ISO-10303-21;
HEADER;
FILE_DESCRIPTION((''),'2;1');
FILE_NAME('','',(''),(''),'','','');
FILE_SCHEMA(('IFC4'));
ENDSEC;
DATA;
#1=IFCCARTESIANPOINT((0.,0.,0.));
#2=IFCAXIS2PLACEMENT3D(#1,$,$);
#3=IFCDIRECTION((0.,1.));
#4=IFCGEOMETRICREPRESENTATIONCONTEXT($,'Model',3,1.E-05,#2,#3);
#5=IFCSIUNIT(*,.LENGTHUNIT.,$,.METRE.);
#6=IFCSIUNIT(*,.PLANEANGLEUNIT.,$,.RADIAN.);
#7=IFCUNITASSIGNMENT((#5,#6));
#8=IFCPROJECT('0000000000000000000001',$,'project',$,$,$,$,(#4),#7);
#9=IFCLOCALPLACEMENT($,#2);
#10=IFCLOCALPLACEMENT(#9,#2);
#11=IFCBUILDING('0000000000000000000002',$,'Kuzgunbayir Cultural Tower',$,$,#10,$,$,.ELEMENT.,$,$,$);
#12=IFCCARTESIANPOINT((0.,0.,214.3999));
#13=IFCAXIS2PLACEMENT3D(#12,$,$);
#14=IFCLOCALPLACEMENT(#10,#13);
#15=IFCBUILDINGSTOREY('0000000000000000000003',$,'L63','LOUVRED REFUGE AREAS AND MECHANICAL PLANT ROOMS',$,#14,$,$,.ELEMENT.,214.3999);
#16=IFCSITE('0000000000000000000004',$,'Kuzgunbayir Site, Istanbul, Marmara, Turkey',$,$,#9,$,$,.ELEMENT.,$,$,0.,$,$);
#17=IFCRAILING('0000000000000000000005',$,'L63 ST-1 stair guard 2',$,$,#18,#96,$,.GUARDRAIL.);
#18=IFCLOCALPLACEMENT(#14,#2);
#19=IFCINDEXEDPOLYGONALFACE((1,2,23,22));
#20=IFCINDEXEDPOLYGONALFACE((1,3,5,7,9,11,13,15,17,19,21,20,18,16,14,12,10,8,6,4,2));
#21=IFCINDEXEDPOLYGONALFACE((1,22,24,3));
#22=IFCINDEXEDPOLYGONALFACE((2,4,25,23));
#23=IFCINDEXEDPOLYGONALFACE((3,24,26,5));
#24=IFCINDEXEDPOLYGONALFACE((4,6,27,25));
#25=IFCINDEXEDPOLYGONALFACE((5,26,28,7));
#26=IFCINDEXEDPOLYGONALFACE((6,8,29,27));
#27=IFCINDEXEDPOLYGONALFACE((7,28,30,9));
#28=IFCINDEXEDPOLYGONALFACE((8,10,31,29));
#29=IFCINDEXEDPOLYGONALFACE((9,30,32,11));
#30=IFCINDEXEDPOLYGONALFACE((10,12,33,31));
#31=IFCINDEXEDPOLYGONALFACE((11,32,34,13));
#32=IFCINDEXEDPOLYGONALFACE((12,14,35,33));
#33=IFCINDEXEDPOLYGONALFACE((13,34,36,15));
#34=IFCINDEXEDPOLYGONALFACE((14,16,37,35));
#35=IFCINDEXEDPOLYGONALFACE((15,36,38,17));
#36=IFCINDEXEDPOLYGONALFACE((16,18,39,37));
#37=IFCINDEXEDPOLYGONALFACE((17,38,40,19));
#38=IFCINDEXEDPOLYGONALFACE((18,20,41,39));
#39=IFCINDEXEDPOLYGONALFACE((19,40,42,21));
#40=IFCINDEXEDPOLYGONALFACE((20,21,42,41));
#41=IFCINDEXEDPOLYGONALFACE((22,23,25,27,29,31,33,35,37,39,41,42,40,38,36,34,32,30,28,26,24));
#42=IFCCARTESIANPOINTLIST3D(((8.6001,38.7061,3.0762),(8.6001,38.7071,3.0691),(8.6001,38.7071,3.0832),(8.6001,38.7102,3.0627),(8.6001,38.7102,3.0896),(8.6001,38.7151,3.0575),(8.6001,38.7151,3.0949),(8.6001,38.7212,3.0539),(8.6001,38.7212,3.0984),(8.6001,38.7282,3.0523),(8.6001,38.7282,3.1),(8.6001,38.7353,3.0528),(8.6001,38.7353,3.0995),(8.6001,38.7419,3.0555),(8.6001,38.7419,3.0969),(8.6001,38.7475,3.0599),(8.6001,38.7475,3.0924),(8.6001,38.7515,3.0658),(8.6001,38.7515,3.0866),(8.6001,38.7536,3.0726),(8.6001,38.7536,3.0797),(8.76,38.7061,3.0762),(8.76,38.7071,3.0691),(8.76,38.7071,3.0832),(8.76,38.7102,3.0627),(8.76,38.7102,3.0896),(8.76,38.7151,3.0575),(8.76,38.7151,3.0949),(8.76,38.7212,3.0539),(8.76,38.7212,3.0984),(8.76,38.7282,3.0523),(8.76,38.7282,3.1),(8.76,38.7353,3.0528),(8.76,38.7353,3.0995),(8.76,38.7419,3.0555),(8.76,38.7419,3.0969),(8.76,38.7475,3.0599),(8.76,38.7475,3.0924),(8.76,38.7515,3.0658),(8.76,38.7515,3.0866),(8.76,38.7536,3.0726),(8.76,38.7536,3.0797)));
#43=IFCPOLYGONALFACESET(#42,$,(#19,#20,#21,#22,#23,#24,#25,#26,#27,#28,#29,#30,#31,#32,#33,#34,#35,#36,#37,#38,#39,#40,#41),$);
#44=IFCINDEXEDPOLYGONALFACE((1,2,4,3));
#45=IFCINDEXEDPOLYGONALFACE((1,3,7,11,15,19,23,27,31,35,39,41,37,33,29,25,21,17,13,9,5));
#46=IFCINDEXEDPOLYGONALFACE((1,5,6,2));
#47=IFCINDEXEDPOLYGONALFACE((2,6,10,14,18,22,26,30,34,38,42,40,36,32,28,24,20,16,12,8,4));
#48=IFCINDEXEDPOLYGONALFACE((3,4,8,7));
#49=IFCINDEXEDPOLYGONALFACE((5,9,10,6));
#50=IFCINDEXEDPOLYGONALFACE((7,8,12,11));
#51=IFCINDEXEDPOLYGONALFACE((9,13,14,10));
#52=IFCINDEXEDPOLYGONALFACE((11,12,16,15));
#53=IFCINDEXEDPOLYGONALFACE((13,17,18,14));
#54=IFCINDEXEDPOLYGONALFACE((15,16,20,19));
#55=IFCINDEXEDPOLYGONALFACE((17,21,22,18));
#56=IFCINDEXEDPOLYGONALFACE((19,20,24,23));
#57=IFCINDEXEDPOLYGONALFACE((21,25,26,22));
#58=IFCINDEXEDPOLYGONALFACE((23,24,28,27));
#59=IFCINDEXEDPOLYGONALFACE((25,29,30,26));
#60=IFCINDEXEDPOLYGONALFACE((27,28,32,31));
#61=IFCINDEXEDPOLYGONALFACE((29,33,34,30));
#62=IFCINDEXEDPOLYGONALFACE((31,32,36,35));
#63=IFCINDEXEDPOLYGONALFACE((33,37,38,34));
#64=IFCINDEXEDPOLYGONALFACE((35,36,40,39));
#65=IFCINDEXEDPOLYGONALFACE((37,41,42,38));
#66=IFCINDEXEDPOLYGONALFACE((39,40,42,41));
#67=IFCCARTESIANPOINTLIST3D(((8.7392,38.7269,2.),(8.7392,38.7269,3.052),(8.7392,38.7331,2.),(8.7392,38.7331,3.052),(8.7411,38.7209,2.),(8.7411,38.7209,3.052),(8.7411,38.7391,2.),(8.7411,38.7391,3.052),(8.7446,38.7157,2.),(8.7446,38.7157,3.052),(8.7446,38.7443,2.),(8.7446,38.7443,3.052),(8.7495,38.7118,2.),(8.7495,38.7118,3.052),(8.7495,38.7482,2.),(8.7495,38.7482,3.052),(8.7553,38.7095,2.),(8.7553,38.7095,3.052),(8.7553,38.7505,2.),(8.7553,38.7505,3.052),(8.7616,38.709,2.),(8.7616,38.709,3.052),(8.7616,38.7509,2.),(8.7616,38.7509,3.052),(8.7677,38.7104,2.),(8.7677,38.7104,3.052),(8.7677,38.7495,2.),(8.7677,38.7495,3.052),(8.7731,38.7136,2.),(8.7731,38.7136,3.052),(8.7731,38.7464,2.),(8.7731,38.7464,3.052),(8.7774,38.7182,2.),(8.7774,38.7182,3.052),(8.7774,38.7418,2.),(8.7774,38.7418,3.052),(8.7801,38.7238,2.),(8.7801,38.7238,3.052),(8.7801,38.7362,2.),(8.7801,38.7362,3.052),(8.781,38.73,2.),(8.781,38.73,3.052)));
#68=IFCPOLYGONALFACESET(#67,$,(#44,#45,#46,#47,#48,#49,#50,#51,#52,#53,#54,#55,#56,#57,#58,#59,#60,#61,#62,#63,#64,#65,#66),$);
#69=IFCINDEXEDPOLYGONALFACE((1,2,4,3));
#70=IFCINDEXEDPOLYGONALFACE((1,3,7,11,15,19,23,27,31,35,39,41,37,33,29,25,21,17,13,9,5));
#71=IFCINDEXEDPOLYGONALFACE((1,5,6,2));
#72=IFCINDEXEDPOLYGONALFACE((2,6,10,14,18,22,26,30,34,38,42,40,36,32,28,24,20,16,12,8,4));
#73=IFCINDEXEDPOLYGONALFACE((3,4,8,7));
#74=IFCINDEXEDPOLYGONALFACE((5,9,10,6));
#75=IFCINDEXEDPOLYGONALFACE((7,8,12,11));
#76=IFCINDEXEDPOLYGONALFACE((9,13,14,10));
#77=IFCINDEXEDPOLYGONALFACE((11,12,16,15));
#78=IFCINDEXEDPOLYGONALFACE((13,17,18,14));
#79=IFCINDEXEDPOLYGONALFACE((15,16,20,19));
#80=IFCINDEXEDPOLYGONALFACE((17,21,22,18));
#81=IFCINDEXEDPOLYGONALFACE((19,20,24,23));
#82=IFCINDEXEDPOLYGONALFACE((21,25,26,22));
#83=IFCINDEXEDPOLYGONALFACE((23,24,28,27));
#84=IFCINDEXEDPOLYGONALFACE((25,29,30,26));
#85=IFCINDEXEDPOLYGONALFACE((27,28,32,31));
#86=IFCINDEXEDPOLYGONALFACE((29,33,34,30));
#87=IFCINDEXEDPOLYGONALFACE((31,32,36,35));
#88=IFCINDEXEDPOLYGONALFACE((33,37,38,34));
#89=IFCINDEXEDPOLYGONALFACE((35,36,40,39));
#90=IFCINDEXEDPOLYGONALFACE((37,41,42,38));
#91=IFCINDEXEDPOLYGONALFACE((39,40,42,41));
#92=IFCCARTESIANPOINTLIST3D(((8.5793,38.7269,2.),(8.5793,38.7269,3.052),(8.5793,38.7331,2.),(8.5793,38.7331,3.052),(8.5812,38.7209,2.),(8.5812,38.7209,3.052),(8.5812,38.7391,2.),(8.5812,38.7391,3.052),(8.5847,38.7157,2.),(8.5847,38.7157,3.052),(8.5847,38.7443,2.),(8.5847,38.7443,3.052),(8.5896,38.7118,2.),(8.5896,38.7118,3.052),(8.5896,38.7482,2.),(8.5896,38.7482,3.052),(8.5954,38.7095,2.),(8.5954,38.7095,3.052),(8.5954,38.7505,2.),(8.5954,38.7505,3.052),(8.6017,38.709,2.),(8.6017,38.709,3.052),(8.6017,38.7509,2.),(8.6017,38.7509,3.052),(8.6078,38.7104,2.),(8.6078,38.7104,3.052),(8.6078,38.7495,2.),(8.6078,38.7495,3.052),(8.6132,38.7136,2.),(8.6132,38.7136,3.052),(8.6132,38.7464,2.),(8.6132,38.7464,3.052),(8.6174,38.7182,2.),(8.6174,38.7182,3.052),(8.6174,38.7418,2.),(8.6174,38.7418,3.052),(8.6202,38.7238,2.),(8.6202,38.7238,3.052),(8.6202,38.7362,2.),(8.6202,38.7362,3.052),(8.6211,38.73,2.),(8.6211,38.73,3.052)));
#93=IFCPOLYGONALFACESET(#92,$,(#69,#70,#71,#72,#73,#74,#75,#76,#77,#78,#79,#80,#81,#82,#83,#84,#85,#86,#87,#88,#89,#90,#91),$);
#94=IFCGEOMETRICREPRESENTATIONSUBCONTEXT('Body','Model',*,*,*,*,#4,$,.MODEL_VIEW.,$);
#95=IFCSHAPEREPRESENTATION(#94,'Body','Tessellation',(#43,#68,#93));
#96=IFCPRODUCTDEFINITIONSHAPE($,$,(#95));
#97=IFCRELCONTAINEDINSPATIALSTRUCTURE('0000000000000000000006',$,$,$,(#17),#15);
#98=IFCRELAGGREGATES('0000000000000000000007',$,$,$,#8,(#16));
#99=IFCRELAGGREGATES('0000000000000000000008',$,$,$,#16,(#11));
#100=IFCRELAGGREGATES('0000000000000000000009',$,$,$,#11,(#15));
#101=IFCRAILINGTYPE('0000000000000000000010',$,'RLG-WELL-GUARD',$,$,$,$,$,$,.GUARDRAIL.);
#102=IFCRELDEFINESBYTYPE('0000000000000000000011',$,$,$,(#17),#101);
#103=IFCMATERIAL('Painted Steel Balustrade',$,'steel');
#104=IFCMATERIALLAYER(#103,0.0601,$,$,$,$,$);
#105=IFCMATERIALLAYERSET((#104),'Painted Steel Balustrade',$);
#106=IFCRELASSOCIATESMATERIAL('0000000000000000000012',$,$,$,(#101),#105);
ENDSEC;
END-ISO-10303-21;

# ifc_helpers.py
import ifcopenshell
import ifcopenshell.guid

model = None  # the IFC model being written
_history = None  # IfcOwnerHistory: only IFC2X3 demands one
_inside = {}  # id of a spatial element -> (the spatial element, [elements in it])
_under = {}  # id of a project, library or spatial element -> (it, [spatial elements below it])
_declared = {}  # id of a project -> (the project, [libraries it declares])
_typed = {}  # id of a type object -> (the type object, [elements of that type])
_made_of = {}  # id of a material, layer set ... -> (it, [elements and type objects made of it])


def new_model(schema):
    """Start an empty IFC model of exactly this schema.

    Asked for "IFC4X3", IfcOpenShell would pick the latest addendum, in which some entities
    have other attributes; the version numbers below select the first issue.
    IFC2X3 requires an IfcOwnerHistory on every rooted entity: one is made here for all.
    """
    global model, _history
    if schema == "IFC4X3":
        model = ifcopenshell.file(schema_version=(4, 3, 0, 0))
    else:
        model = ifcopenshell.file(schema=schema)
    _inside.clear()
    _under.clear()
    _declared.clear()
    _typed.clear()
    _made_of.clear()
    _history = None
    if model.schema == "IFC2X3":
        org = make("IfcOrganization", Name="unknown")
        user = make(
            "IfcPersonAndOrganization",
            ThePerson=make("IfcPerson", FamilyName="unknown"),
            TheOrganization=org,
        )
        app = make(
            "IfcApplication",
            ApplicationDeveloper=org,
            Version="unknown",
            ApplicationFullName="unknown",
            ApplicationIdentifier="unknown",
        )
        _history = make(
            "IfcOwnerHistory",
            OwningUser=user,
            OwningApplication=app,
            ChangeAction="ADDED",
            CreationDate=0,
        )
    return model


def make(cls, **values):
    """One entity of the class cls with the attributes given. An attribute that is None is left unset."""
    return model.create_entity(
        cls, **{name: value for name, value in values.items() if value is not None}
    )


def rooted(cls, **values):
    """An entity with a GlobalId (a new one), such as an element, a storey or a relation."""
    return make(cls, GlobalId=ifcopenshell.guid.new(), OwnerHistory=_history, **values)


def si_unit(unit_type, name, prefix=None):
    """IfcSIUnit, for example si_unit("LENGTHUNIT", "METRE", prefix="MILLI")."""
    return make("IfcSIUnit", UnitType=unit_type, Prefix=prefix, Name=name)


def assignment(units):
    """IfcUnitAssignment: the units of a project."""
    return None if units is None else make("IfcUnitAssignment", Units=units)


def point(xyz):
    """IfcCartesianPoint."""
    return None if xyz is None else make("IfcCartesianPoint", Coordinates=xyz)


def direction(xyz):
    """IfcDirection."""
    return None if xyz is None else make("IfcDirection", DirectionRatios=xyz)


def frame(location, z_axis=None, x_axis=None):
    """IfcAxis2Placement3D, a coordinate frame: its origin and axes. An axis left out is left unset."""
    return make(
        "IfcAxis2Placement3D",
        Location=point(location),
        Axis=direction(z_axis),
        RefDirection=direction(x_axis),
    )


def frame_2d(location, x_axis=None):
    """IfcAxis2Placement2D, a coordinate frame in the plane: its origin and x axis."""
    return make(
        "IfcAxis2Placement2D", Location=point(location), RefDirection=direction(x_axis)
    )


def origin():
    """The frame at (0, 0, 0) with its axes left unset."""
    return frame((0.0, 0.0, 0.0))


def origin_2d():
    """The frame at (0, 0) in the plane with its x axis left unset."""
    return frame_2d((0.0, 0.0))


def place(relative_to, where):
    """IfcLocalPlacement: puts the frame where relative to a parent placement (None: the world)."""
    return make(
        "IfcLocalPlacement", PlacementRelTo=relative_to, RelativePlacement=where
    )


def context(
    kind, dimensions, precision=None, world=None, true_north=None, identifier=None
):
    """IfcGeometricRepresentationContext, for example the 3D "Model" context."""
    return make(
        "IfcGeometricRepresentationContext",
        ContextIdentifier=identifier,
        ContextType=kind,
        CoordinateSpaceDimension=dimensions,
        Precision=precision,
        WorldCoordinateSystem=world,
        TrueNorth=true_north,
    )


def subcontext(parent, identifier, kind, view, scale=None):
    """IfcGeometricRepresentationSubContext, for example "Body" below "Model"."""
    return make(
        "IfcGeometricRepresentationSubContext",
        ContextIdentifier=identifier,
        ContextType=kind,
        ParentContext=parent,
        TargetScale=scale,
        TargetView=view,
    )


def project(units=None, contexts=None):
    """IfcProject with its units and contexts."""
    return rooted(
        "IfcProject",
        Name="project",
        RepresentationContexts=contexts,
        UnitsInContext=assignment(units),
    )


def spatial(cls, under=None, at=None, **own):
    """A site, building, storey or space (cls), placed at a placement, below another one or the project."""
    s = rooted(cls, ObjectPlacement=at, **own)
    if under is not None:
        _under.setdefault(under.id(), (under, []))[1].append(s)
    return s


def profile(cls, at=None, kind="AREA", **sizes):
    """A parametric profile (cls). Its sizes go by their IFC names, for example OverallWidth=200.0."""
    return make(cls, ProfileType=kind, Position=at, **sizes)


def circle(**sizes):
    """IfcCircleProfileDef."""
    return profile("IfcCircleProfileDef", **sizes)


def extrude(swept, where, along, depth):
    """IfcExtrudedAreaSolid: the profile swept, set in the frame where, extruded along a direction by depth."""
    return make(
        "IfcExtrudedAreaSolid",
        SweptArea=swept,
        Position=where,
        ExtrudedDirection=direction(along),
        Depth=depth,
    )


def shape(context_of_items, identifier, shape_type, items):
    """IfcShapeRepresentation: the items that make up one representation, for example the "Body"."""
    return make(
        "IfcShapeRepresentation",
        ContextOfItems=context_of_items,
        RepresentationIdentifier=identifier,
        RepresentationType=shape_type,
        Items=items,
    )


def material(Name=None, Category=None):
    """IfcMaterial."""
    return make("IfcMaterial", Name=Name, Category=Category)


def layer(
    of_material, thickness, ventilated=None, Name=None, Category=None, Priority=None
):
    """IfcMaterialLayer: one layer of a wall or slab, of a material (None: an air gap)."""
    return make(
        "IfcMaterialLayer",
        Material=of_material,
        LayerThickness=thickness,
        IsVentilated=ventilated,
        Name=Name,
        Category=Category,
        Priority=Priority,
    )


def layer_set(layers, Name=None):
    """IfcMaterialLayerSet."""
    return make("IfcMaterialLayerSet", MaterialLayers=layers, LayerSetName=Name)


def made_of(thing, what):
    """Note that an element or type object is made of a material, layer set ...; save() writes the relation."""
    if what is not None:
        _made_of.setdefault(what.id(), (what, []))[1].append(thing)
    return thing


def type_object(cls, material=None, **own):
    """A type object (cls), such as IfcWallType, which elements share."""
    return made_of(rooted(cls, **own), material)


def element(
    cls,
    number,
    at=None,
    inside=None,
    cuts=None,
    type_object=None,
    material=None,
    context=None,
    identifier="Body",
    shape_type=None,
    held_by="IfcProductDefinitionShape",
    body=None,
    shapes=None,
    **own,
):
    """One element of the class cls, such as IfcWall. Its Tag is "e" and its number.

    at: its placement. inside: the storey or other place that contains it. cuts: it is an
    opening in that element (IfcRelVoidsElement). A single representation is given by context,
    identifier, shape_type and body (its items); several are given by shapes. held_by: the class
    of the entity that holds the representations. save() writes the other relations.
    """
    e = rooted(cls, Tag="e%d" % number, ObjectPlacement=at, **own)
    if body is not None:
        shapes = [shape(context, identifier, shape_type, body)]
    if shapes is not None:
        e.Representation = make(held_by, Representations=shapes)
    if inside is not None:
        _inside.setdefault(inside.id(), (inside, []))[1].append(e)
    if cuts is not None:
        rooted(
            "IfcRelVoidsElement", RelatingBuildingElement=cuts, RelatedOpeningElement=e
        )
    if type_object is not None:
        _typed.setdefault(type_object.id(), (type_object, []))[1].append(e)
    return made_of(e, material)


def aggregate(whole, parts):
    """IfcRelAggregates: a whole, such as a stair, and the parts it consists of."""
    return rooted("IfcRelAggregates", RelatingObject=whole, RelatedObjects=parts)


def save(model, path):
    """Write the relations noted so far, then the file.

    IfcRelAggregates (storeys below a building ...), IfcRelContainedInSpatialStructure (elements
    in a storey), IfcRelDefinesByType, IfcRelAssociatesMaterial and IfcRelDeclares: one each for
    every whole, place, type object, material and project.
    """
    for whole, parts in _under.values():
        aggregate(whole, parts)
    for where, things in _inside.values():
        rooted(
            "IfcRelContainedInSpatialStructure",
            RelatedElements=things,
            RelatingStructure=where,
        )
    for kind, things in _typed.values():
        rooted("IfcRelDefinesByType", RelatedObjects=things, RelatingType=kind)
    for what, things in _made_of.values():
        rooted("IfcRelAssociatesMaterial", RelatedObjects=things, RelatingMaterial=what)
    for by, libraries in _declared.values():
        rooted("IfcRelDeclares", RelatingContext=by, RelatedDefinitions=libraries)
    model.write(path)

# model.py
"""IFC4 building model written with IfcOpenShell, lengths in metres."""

from ifc_helpers import new_model, si_unit, direction, frame, origin, origin_2d, place, context, subcontext, project, spatial, circle, extrude, material, layer, layer_set, type_object, element, save


model = new_model("IFC4")

# Units and contexts
model_context = context("Model", 3, precision=1e-05, world=origin(), true_north=direction((0.0, 1.0)))
body_context = subcontext(model_context, "Body", "Model", "MODEL_VIEW")
ifc_project = project(units=[si_unit("LENGTHUNIT", "METRE"), si_unit("PLANEANGLEUNIT", "RADIAN")], contexts=[model_context])

# Site, building, storey
site_placement = place(None, origin())
site = spatial("IfcSite", under=ifc_project, at=site_placement, Name="Kuzgunbayir Site, Istanbul, Marmara, Turkey", CompositionType="ELEMENT", RefElevation=0.0)
building_placement = place(site_placement, origin())
building = spatial("IfcBuilding", under=site, at=building_placement, Name="Kuzgunbayir Cultural Tower", CompositionType="ELEMENT")
storey_placement = place(building_placement, frame((0.0, 0.0, 214.3999)))
storey = spatial("IfcBuildingStorey", under=building, at=storey_placement, Name="L63", Description="LOUVRED REFUGE AREAS AND MECHANICAL PLANT ROOMS", CompositionType="ELEMENT", Elevation=214.3999)

# Railing
ifc_material_1 = material(Name="Painted Steel Balustrade", Category="steel")
ifc_layer_1 = layer(ifc_material_1, 0.0601)
ifc_layer_set_1 = layer_set([ifc_layer_1], Name="Painted Steel Balustrade")
railing_type_1 = type_object("IfcRailingType", Name="RLG-WELL-GUARD", PredefinedType="GUARDRAIL", material=ifc_layer_set_1)
railing_1_placement = place(storey_placement, frame((8.76, 38.73, 2.0)))
element("IfcRailing", 1, at=railing_1_placement, inside=storey, type_object=railing_type_1, Name="L63 ST-1 stair guard 2", PredefinedType="GUARDRAIL", context=body_context, shape_type="SweptSolid", body=[
    extrude(circle(Radius=0.0239, at=origin_2d()), frame((0.0, 0.0, 1.0762), z_axis=(-1.0, 0.0, 0.0), x_axis=(0.0, -1.0, 0.0)), (0.0, 0.0, 1.0), 0.1599),
    extrude(circle(Radius=0.021, at=origin_2d()), origin(), (0.0, 0.0, 1.0), 1.052),
    extrude(circle(Radius=0.021, at=origin_2d()), frame((-0.1599, 0.0, 0.0)), (0.0, 0.0, 1.0), 1.052),
])

save(model, "model.ifc")
